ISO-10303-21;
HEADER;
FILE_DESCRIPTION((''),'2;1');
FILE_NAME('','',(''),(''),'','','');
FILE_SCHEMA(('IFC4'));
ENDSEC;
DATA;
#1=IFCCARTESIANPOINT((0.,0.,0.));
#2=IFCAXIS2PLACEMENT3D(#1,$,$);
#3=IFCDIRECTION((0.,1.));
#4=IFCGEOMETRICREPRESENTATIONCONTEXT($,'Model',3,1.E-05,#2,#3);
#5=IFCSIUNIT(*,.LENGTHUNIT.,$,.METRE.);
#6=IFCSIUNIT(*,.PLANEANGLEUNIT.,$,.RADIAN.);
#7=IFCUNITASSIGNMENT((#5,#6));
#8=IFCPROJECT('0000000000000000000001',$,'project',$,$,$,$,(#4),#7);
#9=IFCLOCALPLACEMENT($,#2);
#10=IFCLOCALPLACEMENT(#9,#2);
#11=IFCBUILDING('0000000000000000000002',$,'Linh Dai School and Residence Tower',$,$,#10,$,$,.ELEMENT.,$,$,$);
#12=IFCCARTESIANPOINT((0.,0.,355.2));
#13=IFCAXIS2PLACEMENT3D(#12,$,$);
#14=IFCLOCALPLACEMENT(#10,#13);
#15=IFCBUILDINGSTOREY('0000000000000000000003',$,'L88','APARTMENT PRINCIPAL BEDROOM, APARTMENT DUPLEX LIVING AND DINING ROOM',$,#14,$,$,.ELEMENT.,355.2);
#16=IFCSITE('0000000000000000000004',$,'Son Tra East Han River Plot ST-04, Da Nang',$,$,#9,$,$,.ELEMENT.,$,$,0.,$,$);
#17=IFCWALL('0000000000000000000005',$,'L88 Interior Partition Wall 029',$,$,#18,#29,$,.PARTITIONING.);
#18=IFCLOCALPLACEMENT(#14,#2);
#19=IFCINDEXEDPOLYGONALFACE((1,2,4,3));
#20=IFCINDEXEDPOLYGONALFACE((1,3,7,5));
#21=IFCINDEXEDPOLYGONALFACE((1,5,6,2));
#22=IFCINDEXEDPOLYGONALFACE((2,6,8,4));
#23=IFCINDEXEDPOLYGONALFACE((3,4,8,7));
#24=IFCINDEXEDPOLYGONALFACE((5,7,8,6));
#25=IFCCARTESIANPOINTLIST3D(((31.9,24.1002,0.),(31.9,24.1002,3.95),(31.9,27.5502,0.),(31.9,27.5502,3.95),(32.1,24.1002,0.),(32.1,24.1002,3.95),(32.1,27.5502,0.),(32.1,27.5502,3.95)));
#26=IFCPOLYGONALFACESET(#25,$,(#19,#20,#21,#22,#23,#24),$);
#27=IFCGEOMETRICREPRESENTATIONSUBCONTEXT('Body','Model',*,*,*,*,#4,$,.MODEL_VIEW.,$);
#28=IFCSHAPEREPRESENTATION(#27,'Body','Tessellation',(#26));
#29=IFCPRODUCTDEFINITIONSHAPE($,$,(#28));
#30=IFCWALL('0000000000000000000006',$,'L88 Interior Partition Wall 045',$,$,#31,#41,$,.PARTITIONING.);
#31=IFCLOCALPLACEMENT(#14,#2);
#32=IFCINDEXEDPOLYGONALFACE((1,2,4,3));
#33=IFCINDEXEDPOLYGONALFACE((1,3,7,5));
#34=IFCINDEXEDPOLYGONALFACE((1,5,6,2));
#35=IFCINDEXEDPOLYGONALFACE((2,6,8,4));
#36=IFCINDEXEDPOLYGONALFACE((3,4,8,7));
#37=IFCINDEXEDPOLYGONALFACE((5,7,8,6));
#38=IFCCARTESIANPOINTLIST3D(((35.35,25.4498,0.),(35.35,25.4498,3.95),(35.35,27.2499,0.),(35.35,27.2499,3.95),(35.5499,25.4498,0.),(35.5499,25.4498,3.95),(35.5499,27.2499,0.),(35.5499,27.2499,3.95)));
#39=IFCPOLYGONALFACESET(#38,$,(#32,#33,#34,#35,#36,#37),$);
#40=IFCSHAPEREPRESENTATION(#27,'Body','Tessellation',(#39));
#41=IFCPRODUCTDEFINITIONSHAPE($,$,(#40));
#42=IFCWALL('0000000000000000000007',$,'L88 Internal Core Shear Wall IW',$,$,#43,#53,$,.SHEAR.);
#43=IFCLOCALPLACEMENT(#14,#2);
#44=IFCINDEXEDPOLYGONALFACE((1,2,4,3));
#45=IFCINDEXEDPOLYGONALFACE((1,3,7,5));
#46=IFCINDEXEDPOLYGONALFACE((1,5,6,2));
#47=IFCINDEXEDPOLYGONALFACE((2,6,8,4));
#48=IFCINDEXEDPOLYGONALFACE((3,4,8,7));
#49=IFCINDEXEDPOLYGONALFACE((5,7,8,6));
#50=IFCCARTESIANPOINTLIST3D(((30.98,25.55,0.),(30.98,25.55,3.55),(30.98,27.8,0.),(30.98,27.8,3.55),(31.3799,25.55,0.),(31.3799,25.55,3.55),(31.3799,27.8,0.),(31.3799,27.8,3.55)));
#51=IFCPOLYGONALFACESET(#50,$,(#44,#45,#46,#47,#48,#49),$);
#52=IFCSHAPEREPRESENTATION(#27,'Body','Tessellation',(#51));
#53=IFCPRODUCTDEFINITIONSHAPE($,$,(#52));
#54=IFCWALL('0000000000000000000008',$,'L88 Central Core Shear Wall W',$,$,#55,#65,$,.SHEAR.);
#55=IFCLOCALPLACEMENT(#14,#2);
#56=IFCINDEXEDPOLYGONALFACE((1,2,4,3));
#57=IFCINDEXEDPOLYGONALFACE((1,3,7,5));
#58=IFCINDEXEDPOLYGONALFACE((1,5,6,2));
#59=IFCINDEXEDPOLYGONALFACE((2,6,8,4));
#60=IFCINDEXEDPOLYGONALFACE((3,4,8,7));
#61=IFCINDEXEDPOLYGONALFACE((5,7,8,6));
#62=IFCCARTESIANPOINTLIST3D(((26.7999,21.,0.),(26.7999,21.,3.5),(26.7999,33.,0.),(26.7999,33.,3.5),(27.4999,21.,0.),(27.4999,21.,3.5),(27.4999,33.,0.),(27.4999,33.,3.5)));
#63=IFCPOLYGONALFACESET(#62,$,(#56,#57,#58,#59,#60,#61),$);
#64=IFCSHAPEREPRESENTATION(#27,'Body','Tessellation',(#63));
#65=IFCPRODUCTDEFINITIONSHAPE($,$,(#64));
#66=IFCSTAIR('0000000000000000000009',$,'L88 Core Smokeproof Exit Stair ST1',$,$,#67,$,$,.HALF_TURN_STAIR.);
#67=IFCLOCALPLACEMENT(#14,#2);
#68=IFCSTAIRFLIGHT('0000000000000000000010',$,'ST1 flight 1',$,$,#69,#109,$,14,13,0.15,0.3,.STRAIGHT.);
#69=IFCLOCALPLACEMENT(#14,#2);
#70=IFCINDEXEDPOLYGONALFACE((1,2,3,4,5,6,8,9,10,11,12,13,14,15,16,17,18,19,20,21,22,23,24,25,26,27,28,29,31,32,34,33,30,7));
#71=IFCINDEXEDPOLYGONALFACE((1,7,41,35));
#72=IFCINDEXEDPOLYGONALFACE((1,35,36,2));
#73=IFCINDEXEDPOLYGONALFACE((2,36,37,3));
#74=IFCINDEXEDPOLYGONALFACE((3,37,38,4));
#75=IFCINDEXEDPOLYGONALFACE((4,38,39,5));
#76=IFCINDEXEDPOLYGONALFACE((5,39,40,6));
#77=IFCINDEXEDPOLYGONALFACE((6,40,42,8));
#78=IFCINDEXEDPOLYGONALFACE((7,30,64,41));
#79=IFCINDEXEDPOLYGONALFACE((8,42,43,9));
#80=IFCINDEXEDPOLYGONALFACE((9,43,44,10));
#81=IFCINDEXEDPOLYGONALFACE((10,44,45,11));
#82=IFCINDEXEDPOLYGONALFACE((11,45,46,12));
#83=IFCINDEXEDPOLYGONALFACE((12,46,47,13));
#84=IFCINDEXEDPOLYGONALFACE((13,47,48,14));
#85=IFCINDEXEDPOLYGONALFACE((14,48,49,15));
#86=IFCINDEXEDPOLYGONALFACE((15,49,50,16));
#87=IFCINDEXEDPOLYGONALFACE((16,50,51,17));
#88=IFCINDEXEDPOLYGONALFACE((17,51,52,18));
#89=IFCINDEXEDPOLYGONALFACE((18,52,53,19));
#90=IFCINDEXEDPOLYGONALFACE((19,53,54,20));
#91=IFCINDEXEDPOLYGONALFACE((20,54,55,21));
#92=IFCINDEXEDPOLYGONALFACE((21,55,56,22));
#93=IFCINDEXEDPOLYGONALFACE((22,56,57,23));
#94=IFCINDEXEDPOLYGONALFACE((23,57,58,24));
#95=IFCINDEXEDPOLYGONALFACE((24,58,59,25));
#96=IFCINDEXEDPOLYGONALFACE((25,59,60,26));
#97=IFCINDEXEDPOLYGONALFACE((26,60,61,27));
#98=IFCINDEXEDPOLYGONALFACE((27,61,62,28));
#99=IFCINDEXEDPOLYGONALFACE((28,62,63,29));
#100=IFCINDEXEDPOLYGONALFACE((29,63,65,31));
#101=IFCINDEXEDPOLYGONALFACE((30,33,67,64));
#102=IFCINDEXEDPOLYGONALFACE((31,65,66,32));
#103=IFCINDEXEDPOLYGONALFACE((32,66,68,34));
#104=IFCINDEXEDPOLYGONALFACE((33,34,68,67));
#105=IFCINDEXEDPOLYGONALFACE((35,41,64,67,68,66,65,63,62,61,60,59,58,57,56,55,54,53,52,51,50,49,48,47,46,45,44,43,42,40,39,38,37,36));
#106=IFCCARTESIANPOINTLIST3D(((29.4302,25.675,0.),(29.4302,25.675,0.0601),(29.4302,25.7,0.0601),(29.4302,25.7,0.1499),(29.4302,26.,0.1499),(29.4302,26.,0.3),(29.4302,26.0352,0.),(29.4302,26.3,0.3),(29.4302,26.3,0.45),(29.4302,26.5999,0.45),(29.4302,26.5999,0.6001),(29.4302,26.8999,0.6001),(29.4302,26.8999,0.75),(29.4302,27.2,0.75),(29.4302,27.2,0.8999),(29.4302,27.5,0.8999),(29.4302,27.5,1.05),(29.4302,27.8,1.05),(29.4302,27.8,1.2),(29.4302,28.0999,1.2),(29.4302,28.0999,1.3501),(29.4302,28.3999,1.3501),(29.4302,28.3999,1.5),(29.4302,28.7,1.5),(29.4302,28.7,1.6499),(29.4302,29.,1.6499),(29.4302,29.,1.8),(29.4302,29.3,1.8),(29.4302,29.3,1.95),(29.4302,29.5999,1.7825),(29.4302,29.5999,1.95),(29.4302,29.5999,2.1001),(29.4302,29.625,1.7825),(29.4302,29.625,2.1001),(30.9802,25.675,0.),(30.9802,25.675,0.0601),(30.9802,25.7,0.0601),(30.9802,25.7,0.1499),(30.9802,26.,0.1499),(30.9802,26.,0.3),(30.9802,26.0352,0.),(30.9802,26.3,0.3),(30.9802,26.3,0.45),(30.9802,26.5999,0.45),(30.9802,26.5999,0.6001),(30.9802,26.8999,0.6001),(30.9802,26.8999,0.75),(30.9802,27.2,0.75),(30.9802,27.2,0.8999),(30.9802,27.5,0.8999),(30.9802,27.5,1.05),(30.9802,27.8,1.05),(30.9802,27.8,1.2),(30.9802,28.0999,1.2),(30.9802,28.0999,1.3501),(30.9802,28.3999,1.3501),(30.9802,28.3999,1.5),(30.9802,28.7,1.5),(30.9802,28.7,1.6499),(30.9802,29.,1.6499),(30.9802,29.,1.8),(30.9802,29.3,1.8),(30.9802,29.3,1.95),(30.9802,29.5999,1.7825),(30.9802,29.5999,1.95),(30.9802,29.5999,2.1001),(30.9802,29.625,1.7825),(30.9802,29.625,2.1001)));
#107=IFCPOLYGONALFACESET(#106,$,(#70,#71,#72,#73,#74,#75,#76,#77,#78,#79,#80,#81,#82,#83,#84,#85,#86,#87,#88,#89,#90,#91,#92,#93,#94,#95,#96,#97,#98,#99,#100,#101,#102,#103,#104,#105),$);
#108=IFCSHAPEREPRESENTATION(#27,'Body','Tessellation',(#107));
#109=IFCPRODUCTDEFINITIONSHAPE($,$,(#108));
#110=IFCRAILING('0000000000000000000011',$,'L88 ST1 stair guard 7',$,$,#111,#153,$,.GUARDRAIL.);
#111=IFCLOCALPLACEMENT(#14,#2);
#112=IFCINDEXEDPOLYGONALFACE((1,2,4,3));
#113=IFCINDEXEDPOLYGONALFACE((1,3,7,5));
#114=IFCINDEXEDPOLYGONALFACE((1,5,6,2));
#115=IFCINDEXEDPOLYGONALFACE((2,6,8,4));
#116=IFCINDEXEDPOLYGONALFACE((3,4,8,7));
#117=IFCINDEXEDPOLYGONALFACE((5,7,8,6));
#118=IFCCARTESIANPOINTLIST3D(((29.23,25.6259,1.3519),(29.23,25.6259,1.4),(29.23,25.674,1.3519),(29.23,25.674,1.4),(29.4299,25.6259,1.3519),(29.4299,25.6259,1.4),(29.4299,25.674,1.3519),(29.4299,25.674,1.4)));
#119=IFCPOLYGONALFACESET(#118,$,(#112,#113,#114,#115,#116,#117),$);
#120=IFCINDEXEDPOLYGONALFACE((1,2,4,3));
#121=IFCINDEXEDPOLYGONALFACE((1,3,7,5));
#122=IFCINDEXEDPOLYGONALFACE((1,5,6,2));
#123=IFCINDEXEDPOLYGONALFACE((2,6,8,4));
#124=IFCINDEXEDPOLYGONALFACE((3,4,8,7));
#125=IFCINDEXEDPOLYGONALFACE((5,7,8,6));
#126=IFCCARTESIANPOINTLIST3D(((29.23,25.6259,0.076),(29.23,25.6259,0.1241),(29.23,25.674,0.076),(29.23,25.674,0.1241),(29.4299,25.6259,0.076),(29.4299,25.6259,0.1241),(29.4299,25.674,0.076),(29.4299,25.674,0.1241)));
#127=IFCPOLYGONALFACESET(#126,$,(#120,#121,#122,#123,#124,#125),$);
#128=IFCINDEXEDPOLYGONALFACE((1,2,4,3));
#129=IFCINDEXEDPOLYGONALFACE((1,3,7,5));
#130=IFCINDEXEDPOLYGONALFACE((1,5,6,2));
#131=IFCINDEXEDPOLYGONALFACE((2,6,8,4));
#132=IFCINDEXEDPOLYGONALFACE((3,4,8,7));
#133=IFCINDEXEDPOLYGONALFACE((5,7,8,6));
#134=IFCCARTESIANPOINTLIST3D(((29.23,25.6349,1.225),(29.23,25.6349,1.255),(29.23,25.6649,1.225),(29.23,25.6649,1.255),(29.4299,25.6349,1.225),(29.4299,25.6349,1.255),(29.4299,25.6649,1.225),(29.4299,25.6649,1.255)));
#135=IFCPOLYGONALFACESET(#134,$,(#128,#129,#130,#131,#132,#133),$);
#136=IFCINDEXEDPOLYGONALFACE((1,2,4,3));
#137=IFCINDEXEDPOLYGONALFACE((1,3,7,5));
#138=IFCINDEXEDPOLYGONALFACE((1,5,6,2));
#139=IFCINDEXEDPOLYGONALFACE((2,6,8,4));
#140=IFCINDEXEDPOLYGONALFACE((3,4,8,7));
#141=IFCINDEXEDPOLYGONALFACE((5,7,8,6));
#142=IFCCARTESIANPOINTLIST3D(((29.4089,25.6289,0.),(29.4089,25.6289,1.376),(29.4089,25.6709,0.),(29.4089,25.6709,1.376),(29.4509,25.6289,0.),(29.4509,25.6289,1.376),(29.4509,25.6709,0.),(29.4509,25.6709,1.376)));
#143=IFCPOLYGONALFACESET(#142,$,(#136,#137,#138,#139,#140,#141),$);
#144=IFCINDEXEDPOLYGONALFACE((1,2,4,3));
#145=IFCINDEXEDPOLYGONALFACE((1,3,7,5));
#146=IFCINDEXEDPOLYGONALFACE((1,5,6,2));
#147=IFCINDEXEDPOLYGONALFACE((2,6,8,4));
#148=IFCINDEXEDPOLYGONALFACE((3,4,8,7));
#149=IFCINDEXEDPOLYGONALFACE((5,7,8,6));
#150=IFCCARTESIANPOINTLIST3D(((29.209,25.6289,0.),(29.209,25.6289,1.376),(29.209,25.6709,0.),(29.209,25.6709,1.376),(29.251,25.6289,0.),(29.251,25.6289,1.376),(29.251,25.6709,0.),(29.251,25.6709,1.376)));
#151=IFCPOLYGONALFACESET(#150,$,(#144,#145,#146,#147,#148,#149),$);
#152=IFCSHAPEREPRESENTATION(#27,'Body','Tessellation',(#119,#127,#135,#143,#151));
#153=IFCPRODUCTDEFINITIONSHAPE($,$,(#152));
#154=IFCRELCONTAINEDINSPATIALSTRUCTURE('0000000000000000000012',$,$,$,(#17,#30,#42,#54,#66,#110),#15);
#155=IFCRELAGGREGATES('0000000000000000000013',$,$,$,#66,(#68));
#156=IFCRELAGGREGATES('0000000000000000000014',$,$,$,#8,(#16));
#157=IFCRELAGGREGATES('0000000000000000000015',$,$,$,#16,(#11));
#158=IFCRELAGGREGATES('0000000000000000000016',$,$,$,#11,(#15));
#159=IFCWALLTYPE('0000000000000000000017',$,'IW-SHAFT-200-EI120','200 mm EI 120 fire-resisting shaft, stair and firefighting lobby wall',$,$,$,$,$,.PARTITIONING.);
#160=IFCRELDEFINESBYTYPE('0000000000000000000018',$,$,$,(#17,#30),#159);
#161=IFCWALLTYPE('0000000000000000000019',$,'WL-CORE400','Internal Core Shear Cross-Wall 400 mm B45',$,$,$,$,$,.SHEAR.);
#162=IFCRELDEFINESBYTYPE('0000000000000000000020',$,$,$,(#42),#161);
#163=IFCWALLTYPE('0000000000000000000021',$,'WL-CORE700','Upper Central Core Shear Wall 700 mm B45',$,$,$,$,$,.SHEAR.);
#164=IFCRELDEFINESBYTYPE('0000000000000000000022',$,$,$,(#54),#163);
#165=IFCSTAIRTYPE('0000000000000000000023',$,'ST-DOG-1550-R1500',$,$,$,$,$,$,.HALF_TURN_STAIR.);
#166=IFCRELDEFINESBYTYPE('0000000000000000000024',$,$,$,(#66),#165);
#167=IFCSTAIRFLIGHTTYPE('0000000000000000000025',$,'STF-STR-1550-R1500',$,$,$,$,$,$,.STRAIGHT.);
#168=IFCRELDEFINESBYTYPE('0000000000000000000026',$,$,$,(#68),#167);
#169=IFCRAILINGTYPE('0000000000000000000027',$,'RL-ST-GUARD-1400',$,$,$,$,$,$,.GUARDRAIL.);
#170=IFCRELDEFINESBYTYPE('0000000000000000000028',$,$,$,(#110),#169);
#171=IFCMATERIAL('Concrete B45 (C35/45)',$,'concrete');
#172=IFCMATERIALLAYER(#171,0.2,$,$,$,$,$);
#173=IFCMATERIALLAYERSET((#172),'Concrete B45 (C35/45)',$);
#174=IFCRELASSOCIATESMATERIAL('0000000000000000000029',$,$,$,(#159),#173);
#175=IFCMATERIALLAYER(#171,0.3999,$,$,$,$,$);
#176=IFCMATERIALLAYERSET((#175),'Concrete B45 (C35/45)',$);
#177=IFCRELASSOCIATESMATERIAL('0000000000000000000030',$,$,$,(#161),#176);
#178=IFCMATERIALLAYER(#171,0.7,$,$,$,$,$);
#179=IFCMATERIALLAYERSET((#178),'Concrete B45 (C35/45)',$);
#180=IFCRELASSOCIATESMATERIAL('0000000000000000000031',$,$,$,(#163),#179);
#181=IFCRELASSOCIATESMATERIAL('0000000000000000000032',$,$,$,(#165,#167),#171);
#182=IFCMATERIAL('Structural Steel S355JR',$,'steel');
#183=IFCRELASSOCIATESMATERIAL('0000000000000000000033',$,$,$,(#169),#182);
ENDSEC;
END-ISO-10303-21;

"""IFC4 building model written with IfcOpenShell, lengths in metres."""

from ifc_helpers import new_model, si_unit, direction, frame, frame_2d, origin, origin_2d, place, context, subcontext, project, spatial, polyline, rectangle, outline, extrude, source, transform, mapped, material, layer, layer_set, type_object, element, aggregate, save


model = new_model("IFC4")

# Units and contexts
model_context = context("Model", 3, precision=1e-05, world=origin(), true_north=direction((0.0, 1.0)))
body_context = subcontext(model_context, "Body", "Model", "MODEL_VIEW")
ifc_project = project(units=[si_unit("LENGTHUNIT", "METRE"), si_unit("PLANEANGLEUNIT", "RADIAN")], contexts=[model_context])

# Site, building, storey
site_placement = place(None, origin())
site = spatial("IfcSite", under=ifc_project, at=site_placement, Name="Son Tra East Han River Plot ST-04, Da Nang", CompositionType="ELEMENT", RefElevation=0.0)
building_placement = place(site_placement, origin())
building = spatial("IfcBuilding", under=site, at=building_placement, Name="Linh Dai School and Residence Tower", CompositionType="ELEMENT")
storey_placement = place(building_placement, frame((0.0, 0.0, 355.2)))
storey = spatial("IfcBuildingStorey", under=building, at=storey_placement, Name="L88", Description="APARTMENT PRINCIPAL BEDROOM, APARTMENT DUPLEX LIVING AND DINING ROOM", CompositionType="ELEMENT", Elevation=355.2)

# Shared definitions
ifc_material_1 = material(Name="Structural Steel S355JR", Category="steel")

# Shared definitions
ifc_material_2 = material(Name="Concrete B45 (C35/45)", Category="concrete")
ifc_layer_1 = layer(ifc_material_2, 0.2)
ifc_layer_set_1 = layer_set([ifc_layer_1], Name="Concrete B45 (C35/45)")
wall_type_1 = type_object("IfcWallType", Name="IW-SHAFT-200-EI120", Description="200 mm EI 120 fire-resisting shaft, stair and firefighting lobby wall", PredefinedType="PARTITIONING", material=ifc_layer_set_1)

# Wall
wall_1_placement = place(storey_placement, frame((32.0, 24.1001, 0.0), z_axis=(0.0, 0.0, 1.0), x_axis=(0.0, 1.0, 0.0)))
element("IfcWall", 1, at=wall_1_placement, inside=storey, type_object=wall_type_1, Name="L88 Interior Partition Wall 029", PredefinedType="PARTITIONING", context=body_context, shape_type="SweptSolid", body=[
    extrude(rectangle(XDim=3.45, YDim=0.2, at=frame_2d((1.7251, 0.0))), origin(), (0.0, 0.0, 1.0), 3.95),
])

# Walls
wall_2_placement = place(storey_placement, frame((35.45, 25.45, 0.0), z_axis=(0.0, 0.0, 1.0), x_axis=(0.0, 1.0, 0.0)))
element("IfcWall", 2, at=wall_2_placement, inside=storey, type_object=wall_type_1, Name="L88 Interior Partition Wall 045", PredefinedType="PARTITIONING", context=body_context, shape_type="SweptSolid", body=[
    extrude(rectangle(XDim=1.8, YDim=0.2, at=frame_2d((0.8999, 0.0))), origin(), (0.0, 0.0, 1.0), 3.95),
])
ifc_layer_2 = layer(ifc_material_2, 0.3999)
ifc_layer_set_2 = layer_set([ifc_layer_2], Name="Concrete B45 (C35/45)")
wall_type_2 = type_object("IfcWallType", Name="WL-CORE400", Description="Internal Core Shear Cross-Wall 400 mm B45", PredefinedType="SHEAR", material=ifc_layer_set_2)
wall_3_placement = place(storey_placement, frame((31.1799, 25.55, 0.0), z_axis=(0.0, 0.0, 1.0), x_axis=(0.0, 1.0, 0.0)))
element("IfcWall", 3, at=wall_3_placement, inside=storey, type_object=wall_type_2, Name="L88 Internal Core Shear Wall IW", PredefinedType="SHEAR", context=body_context, shape_type="SweptSolid", body=[
    extrude(rectangle(XDim=2.25, YDim=0.3999, at=frame_2d((1.125, 0.0))), origin(), (0.0, 0.0, 1.0), 3.55),
])
ifc_layer_3 = layer(ifc_material_2, 0.7)
ifc_layer_set_3 = layer_set([ifc_layer_3], Name="Concrete B45 (C35/45)")
wall_type_3 = type_object("IfcWallType", Name="WL-CORE700", Description="Upper Central Core Shear Wall 700 mm B45", PredefinedType="SHEAR", material=ifc_layer_set_3)
wall_4_placement = place(storey_placement, frame((27.1499, 21.0, 0.0), z_axis=(0.0, 0.0, 1.0), x_axis=(0.0, 1.0, 0.0)))
element("IfcWall", 4, at=wall_4_placement, inside=storey, type_object=wall_type_3, Name="L88 Central Core Shear Wall W", PredefinedType="SHEAR", context=body_context, shape_type="SweptSolid", body=[
    extrude(rectangle(XDim=12.0, YDim=0.7, at=frame_2d((6.0, 0.0))), origin(), (0.0, 0.0, 1.0), 3.5),
])

# Stair, stair flight
stair_type = type_object("IfcStairType", Name="ST-DOG-1550-R1500", PredefinedType="HALF_TURN_STAIR", material=ifc_material_2)
stair_placement = place(storey_placement, origin())
stair = element("IfcStair", 5, at=stair_placement, inside=storey, type_object=stair_type, Name="L88 Core Smokeproof Exit Stair ST1", PredefinedType="HALF_TURN_STAIR")
stair_flight_type = type_object("IfcStairFlightType", Name="STF-STR-1550-R1500", PredefinedType="STRAIGHT", material=ifc_material_2)
shared_shape_1 = source(origin(), body_context, "Body", "SweptSolid", [
    extrude(outline(polyline([(-0.0249, 0.0), (-0.0249, 0.0601), (0.0, 0.0601), (0.0, 0.1499), (0.3, 0.1499), (0.3, 0.3), (0.6001, 0.3), (0.6001, 0.45), (0.8999, 0.45), (0.8999, 0.6001), (1.2, 0.6001), (1.2, 0.75), (1.5, 0.75), (1.5, 0.8999), (1.8, 0.8999), (1.8, 1.05), (2.1001, 1.05), (2.1001, 1.2), (2.3999, 1.2), (2.3999, 1.3501), (2.7, 1.3501), (2.7, 1.5), (3.0, 1.5), (3.0, 1.6499), (3.3, 1.6499), (3.3, 1.8), (3.6001, 1.8), (3.6001, 1.95), (3.8999, 1.95), (3.8999, 2.1001), (3.925, 2.1001), (3.925, 1.7825), (3.8999, 1.7825), (0.3352, 0.0), (-0.0249, 0.0)])), frame((0.0, 0.7749, 0.0), z_axis=(0.0, -1.0, 0.0), x_axis=(1.0, 0.0, 0.0)), (0.0, 0.0, 1.0), 1.55),
])
stair_flight_placement = place(storey_placement, frame((30.2051, 25.7, 0.0), z_axis=(0.0, 0.0, 1.0), x_axis=(0.0, 1.0, 0.0)))
stair_flight = element("IfcStairFlight", 6, at=stair_flight_placement, type_object=stair_flight_type, Name="ST1 flight 1", NumberOfRisers=14, NumberOfTreads=13, PredefinedType="STRAIGHT", RiserHeight=0.15, TreadLength=0.3, context=body_context, shape_type="MappedRepresentation", body=[
    mapped(shared_shape_1, transform((0.0, 0.0, 0.0), x_axis=(1.0, 0.0, 0.0), y_axis=(0.0, 1.0, 0.0), z_axis=(0.0, 0.0, 1.0), scale=1.0)),
])
aggregate(stair, [stair_flight])

# Railing
railing_type_1 = type_object("IfcRailingType", Name="RL-ST-GUARD-1400", PredefinedType="GUARDRAIL", material=ifc_material_1)
shared_shape_2 = source(origin(), body_context, "Body", "SweptSolid", [
    extrude(rectangle(XDim=0.0481, YDim=0.0481, at=origin_2d()), frame((0.0, 0.0, 1.376), z_axis=(-1.0, 0.0, 0.0), x_axis=(0.0, -1.0, 0.0)), (0.0, 0.0, 1.0), 0.2),
    extrude(rectangle(XDim=0.0481, YDim=0.0481, at=origin_2d()), frame((0.0, 0.0, 0.1001), z_axis=(-1.0, 0.0, 0.0), x_axis=(0.0, -1.0, 0.0)), (0.0, 0.0, 1.0), 0.2),
    extrude(rectangle(XDim=0.03, YDim=0.03, at=origin_2d()), frame((0.0, 0.0, 1.24), z_axis=(-1.0, 0.0, 0.0), x_axis=(0.0, -1.0, 0.0)), (0.0, 0.0, 1.0), 0.2),
    extrude(rectangle(XDim=0.042, YDim=0.042, at=origin_2d()), origin(), (0.0, 0.0, 1.0), 1.376),
    extrude(rectangle(XDim=0.042, YDim=0.042, at=origin_2d()), frame((-0.2, 0.0, 0.0)), (0.0, 0.0, 1.0), 1.376),
])
railing_1_placement = place(storey_placement, frame((29.4299, 25.6499, 0.0)))
element("IfcRailing", 7, at=railing_1_placement, inside=storey, type_object=railing_type_1, Name="L88 ST1 stair guard 7", PredefinedType="GUARDRAIL", context=body_context, shape_type="MappedRepresentation", body=[
    mapped(shared_shape_2, transform((0.0, 0.0, 0.0), x_axis=(1.0, 0.0, 0.0), y_axis=(0.0, 1.0, 0.0), z_axis=(0.0, 0.0, 1.0), scale=1.0)),
])

save(model, "model.ifc")
